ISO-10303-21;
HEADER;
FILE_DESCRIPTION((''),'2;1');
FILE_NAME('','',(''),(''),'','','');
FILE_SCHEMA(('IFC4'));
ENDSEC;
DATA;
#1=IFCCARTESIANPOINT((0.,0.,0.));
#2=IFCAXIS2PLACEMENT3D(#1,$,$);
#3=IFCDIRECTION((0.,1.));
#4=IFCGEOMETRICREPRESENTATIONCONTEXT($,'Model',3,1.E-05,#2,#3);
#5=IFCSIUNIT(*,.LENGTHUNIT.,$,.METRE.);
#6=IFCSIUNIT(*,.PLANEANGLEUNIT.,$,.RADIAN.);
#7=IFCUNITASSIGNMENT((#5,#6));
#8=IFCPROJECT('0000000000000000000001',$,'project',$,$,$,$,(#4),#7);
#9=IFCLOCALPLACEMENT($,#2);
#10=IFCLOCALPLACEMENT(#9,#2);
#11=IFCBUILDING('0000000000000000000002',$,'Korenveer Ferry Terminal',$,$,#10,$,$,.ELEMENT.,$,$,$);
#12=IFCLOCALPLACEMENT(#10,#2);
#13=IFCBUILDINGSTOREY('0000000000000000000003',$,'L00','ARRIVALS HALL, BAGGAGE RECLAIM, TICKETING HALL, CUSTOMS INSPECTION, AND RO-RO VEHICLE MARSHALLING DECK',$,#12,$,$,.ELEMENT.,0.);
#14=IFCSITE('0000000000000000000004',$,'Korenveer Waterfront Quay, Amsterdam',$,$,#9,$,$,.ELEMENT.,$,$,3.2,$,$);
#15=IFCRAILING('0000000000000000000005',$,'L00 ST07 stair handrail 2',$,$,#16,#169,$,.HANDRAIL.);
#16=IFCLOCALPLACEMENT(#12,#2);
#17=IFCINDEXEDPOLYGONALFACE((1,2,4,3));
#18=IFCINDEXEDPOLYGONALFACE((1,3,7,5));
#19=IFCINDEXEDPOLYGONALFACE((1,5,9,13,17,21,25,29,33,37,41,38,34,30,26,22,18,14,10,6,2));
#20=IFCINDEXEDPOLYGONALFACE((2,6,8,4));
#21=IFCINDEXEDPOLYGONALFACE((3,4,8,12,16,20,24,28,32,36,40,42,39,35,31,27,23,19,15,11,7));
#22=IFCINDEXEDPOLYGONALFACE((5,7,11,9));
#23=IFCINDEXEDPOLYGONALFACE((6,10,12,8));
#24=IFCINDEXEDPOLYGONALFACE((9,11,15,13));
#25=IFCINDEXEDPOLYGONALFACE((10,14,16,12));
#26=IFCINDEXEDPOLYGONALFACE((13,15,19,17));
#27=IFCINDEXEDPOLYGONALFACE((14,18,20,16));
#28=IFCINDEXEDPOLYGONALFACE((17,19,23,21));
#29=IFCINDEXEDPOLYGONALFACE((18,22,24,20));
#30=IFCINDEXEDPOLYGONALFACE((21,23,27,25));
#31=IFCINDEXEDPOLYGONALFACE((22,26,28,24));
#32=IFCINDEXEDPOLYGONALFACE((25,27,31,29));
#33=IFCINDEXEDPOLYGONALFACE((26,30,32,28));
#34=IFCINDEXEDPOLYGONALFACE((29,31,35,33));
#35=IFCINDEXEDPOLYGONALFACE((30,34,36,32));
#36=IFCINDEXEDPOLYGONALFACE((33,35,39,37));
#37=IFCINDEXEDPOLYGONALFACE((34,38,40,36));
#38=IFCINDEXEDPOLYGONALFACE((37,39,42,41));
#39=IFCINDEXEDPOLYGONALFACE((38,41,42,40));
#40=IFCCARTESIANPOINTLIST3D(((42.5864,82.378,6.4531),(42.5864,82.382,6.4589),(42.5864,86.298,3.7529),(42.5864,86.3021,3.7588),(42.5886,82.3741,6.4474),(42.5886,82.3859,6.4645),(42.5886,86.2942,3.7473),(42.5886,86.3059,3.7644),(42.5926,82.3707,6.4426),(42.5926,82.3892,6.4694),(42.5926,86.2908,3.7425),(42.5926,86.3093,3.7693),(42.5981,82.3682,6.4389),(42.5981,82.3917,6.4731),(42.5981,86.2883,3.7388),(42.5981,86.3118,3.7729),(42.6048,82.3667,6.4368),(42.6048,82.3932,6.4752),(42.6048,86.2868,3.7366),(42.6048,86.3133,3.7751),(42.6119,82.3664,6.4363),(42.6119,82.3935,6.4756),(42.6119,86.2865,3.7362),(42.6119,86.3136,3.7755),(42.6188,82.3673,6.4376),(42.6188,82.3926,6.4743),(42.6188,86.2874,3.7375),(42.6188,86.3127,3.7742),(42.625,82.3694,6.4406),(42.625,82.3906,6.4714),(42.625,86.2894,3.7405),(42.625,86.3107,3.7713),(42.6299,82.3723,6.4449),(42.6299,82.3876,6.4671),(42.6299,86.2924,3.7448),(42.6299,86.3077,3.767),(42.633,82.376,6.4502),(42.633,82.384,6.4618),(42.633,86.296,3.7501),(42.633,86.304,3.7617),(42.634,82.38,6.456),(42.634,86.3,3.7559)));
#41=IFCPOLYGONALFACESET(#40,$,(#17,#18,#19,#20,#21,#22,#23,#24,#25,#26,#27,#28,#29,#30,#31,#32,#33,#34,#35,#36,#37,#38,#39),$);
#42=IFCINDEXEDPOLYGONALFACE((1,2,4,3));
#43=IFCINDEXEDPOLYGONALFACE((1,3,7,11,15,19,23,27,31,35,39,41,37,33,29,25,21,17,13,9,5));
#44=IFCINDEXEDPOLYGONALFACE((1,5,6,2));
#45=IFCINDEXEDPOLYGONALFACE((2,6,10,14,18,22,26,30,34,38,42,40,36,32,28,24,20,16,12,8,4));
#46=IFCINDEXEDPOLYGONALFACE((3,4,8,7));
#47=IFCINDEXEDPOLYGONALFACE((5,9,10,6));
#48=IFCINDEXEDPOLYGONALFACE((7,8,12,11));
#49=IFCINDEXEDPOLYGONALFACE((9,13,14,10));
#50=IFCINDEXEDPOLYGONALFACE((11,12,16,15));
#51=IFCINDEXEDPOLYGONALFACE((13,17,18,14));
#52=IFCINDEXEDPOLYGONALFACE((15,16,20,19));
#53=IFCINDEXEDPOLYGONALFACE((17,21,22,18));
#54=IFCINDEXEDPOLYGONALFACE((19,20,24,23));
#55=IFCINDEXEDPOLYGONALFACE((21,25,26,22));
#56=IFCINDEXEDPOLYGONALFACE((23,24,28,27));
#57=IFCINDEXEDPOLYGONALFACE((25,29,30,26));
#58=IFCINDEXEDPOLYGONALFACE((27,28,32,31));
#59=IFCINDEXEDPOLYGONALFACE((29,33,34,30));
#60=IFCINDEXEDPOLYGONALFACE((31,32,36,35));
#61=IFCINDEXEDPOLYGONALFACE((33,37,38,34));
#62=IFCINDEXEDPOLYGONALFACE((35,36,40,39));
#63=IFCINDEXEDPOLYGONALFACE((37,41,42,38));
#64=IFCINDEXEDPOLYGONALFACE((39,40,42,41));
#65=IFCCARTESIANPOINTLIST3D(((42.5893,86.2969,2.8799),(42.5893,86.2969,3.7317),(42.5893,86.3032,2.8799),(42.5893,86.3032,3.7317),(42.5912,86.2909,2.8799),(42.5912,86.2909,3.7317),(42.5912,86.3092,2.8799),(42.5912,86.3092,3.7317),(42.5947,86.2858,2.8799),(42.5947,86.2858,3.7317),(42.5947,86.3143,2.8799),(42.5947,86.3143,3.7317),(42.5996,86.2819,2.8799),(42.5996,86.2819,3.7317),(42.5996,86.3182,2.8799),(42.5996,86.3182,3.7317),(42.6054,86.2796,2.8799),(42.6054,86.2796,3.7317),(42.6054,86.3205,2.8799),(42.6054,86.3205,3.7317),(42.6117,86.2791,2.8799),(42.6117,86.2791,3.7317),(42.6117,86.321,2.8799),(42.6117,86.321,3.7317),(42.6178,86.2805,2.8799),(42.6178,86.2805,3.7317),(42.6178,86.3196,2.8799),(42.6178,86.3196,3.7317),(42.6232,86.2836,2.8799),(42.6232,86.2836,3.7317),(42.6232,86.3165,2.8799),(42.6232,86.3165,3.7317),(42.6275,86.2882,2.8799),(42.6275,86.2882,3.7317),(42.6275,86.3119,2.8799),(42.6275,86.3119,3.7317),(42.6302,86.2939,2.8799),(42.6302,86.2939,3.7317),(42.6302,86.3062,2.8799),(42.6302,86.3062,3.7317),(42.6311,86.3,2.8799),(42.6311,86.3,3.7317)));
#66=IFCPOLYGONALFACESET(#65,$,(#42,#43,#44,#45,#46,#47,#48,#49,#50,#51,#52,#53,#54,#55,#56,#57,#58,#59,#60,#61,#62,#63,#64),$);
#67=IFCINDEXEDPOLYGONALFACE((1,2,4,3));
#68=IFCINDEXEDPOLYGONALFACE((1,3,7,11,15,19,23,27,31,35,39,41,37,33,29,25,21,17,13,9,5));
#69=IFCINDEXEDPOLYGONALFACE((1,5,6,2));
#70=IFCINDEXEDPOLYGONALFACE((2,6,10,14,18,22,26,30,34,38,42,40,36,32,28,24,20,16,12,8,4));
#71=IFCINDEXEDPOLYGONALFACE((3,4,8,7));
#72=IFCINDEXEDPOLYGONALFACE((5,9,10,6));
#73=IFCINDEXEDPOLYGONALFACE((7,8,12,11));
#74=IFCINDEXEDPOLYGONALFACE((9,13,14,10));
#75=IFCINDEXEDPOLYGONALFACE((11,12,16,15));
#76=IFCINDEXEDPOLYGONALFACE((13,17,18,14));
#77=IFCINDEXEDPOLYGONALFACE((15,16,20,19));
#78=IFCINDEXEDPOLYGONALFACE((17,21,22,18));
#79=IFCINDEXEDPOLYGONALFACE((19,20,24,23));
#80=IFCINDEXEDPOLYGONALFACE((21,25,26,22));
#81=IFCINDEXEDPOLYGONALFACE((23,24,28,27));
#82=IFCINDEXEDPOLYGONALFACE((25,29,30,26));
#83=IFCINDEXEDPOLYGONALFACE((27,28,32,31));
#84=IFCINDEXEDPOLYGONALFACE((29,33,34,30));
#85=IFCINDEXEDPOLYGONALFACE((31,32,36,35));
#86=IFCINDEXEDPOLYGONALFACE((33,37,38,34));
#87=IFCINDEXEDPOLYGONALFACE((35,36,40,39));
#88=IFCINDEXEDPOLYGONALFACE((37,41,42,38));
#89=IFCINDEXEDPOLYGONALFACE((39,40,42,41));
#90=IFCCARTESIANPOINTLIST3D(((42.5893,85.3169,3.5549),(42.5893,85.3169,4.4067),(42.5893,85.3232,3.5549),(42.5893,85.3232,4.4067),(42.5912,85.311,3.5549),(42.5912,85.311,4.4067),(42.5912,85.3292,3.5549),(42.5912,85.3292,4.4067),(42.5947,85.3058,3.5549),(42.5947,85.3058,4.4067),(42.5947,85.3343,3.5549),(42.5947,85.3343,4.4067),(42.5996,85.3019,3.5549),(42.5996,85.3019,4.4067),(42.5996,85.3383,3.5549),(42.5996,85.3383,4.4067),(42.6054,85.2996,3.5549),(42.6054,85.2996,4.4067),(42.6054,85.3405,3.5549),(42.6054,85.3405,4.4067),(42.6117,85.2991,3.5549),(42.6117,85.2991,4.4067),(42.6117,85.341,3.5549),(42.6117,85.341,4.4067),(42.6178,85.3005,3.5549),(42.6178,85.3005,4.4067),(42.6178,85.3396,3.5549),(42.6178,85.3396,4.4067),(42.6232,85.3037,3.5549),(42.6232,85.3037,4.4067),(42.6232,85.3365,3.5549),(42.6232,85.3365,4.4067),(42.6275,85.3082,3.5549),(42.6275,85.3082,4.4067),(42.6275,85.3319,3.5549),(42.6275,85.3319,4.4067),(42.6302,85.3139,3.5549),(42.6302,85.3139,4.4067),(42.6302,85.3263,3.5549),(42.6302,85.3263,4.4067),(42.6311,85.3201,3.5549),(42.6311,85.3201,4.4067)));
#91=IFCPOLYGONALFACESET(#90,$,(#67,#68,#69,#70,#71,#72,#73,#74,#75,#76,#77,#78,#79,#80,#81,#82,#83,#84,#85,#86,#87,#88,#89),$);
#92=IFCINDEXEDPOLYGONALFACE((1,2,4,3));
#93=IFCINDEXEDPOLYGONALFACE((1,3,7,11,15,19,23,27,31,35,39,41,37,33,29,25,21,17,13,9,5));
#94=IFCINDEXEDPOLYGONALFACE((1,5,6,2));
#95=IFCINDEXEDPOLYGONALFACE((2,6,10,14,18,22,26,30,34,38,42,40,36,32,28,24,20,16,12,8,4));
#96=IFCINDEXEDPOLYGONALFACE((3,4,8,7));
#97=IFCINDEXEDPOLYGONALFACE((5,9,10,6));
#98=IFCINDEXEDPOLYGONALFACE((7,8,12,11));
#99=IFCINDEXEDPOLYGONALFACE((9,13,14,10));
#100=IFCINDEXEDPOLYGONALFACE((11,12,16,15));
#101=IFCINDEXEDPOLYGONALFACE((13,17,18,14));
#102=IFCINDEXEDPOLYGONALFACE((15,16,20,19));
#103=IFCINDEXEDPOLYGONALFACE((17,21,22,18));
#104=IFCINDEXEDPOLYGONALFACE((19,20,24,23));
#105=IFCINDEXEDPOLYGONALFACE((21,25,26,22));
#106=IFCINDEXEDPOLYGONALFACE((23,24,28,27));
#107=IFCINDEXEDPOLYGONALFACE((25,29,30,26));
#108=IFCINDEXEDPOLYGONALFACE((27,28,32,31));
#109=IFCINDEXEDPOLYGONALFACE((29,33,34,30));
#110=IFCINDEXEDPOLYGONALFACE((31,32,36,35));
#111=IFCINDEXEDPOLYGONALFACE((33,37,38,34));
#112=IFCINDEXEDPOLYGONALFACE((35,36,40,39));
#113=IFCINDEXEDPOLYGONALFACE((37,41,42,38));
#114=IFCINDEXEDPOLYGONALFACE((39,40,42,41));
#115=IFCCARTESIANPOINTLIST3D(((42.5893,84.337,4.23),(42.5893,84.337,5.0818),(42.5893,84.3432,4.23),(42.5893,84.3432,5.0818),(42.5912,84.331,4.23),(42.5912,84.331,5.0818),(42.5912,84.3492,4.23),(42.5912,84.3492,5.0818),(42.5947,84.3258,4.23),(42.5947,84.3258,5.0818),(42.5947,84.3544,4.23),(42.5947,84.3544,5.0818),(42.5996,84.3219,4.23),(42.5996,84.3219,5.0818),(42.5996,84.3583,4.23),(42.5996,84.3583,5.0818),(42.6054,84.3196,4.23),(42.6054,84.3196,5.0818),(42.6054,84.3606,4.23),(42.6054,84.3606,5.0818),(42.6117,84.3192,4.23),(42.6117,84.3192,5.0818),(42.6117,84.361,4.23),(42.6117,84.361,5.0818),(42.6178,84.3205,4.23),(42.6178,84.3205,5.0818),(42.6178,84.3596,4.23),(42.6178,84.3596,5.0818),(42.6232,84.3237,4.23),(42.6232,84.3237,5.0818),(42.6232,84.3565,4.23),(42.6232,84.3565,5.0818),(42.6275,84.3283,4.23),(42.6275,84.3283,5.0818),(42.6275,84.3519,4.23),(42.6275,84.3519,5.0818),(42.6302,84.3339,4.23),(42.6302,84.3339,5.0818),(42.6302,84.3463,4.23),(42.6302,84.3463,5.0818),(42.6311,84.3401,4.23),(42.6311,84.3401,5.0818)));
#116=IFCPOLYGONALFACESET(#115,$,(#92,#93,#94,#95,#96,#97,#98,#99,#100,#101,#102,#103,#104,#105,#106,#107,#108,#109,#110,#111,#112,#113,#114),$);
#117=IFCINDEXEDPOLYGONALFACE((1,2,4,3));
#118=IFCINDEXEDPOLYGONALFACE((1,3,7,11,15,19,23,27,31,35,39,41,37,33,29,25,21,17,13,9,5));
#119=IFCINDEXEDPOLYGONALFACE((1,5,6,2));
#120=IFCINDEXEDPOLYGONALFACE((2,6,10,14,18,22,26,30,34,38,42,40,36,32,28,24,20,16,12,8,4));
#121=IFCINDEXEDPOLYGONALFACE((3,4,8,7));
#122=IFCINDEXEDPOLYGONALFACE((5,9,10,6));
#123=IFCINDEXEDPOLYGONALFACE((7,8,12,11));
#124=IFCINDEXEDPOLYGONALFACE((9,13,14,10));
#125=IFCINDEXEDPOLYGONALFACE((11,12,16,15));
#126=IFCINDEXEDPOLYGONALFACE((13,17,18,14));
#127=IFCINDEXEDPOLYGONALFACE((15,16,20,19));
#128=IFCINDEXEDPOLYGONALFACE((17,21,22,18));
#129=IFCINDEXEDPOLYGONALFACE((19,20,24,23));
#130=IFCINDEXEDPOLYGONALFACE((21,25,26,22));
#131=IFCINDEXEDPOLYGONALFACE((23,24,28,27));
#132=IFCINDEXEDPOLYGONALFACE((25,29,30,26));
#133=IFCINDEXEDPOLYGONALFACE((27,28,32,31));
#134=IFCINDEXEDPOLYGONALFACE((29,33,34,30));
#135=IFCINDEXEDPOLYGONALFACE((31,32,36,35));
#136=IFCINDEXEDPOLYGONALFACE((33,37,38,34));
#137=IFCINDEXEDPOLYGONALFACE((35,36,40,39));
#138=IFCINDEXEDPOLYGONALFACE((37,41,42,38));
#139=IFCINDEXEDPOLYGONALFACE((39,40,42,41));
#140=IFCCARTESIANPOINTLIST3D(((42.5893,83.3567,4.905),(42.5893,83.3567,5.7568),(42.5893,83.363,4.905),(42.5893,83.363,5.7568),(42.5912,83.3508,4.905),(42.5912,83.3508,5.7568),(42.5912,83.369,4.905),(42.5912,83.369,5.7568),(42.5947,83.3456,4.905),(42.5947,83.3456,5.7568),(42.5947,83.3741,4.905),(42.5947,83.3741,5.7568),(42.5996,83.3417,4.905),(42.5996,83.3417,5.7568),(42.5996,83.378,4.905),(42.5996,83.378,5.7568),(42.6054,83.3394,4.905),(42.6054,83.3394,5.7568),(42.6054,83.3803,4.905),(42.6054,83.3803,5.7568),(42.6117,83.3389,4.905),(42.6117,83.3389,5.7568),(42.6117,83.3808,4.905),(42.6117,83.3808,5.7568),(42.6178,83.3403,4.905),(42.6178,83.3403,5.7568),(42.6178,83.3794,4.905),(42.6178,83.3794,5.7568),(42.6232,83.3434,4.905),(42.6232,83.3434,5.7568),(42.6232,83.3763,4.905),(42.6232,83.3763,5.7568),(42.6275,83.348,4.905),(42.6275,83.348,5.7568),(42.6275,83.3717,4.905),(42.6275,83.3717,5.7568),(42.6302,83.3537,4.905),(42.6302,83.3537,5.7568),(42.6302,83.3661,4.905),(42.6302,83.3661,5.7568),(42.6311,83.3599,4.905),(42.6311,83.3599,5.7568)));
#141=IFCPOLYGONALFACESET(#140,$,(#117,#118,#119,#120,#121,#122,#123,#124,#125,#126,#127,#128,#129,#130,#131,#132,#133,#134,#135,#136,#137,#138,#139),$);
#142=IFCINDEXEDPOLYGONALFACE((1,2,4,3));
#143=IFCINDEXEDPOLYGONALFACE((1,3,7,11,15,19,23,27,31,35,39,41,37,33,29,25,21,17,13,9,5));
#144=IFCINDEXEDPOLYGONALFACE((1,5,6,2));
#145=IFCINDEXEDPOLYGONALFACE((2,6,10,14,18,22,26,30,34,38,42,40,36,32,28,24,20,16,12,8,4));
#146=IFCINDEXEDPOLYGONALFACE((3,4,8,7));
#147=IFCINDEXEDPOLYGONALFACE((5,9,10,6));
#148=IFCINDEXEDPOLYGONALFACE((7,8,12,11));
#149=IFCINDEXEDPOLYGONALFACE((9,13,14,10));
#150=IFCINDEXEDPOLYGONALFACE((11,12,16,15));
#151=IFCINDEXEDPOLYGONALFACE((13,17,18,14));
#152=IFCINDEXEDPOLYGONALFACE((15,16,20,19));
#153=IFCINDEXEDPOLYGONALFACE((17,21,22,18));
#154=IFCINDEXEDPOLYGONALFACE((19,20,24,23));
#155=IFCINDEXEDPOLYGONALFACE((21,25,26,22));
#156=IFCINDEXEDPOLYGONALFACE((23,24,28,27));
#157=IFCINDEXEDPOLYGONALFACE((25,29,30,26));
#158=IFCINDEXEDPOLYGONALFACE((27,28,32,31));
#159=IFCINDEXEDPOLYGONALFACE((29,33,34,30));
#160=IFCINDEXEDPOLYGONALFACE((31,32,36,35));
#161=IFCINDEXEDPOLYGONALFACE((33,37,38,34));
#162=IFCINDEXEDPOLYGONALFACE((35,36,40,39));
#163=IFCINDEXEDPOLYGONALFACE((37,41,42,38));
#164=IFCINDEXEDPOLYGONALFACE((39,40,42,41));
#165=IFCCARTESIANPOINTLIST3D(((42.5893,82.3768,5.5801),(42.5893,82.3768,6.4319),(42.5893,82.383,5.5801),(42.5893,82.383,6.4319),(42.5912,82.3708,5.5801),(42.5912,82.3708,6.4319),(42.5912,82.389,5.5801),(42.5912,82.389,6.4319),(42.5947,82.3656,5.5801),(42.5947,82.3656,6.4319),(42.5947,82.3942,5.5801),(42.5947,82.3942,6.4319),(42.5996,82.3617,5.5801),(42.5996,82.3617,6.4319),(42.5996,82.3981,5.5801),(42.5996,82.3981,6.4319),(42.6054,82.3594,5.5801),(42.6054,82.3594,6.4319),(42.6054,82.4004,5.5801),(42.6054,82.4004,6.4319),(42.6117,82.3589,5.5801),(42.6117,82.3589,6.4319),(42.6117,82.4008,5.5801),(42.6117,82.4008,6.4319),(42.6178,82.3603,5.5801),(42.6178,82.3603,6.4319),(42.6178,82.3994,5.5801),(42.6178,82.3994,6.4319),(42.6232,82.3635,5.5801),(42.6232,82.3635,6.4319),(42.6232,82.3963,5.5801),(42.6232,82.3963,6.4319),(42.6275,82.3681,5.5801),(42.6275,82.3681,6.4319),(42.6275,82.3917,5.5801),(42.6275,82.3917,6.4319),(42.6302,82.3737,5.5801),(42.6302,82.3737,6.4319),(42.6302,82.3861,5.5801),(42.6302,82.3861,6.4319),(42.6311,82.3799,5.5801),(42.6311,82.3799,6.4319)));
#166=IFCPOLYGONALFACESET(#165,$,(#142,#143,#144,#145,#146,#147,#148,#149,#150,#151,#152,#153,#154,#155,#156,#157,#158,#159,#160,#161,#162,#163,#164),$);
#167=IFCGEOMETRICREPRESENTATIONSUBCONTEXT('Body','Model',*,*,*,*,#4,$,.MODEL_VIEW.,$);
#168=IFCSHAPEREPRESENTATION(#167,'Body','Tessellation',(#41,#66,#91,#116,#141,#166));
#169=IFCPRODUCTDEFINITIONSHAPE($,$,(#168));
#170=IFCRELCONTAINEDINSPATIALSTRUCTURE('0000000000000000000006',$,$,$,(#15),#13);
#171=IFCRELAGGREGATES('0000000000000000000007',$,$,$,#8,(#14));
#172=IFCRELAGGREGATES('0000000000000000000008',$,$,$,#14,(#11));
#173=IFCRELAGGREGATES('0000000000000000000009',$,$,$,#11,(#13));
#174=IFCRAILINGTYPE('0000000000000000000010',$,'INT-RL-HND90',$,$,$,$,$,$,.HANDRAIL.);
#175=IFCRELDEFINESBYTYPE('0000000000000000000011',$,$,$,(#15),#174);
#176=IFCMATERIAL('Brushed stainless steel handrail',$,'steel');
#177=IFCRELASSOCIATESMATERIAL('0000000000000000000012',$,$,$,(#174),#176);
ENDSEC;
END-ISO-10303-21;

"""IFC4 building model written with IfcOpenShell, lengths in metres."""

from ifc_helpers import new_model, si_unit, direction, frame, origin, origin_2d, place, context, subcontext, project, spatial, circle, extrude, material, type_object, element, save


model = new_model("IFC4")

# Units and contexts
model_context = context("Model", 3, precision=1e-05, world=origin(), true_north=direction((0.0, 1.0)))
body_context = subcontext(model_context, "Body", "Model", "MODEL_VIEW")
ifc_project = project(units=[si_unit("LENGTHUNIT", "METRE"), si_unit("PLANEANGLEUNIT", "RADIAN")], contexts=[model_context])

# Site, building, storey
site_placement = place(None, origin())
site = spatial("IfcSite", under=ifc_project, at=site_placement, Name="Korenveer Waterfront Quay, Amsterdam", CompositionType="ELEMENT", RefElevation=3.2)
building_placement = place(site_placement, origin())
building = spatial("IfcBuilding", under=site, at=building_placement, Name="Korenveer Ferry Terminal", CompositionType="ELEMENT")
storey_placement = place(building_placement, origin())
storey = spatial("IfcBuildingStorey", under=building, at=storey_placement, Name="L00", Description="ARRIVALS HALL, BAGGAGE RECLAIM, TICKETING HALL, CUSTOMS INSPECTION, AND RO-RO VEHICLE MARSHALLING DECK", CompositionType="ELEMENT", Elevation=0.0)

# Railing
ifc_material_1 = material(Name="Brushed stainless steel handrail", Category="steel")
railing_type_1 = type_object("IfcRailingType", Name="INT-RL-HND90", PredefinedType="HANDRAIL", material=ifc_material_1)
railing_1_placement = place(storey_placement, frame((42.6101, 86.3, 2.8799)))
element("IfcRailing", 1, at=railing_1_placement, inside=storey, type_object=railing_type_1, Name="L00 ST07 stair handrail 2", PredefinedType="HANDRAIL", context=body_context, shape_type="SweptSolid", body=[
    extrude(circle(Radius=0.0239, at=origin_2d()), frame((0.0, 0.0, 0.876), z_axis=(0.0, -0.823543, 0.567253), x_axis=(1.0, 0.0, 0.0)), (0.0, 0.0, 1.0), 4.76),
    extrude(circle(Radius=0.021, at=origin_2d()), origin(), (0.0, 0.0, 1.0), 0.8518),
    extrude(circle(Radius=0.021, at=origin_2d()), frame((0.0, -0.98, 0.675)), (0.0, 0.0, 1.0), 0.8518),
    extrude(circle(Radius=0.021, at=origin_2d()), frame((0.0, -1.96, 1.3501)), (0.0, 0.0, 1.0), 0.8518),
    extrude(circle(Radius=0.021, at=origin_2d()), frame((0.0, -2.9402, 2.0251)), (0.0, 0.0, 1.0), 0.8518),
    extrude(circle(Radius=0.021, at=origin_2d()), frame((0.0, -3.9202, 2.7002)), (0.0, 0.0, 1.0), 0.8518),
])

save(model, "model.ifc")
